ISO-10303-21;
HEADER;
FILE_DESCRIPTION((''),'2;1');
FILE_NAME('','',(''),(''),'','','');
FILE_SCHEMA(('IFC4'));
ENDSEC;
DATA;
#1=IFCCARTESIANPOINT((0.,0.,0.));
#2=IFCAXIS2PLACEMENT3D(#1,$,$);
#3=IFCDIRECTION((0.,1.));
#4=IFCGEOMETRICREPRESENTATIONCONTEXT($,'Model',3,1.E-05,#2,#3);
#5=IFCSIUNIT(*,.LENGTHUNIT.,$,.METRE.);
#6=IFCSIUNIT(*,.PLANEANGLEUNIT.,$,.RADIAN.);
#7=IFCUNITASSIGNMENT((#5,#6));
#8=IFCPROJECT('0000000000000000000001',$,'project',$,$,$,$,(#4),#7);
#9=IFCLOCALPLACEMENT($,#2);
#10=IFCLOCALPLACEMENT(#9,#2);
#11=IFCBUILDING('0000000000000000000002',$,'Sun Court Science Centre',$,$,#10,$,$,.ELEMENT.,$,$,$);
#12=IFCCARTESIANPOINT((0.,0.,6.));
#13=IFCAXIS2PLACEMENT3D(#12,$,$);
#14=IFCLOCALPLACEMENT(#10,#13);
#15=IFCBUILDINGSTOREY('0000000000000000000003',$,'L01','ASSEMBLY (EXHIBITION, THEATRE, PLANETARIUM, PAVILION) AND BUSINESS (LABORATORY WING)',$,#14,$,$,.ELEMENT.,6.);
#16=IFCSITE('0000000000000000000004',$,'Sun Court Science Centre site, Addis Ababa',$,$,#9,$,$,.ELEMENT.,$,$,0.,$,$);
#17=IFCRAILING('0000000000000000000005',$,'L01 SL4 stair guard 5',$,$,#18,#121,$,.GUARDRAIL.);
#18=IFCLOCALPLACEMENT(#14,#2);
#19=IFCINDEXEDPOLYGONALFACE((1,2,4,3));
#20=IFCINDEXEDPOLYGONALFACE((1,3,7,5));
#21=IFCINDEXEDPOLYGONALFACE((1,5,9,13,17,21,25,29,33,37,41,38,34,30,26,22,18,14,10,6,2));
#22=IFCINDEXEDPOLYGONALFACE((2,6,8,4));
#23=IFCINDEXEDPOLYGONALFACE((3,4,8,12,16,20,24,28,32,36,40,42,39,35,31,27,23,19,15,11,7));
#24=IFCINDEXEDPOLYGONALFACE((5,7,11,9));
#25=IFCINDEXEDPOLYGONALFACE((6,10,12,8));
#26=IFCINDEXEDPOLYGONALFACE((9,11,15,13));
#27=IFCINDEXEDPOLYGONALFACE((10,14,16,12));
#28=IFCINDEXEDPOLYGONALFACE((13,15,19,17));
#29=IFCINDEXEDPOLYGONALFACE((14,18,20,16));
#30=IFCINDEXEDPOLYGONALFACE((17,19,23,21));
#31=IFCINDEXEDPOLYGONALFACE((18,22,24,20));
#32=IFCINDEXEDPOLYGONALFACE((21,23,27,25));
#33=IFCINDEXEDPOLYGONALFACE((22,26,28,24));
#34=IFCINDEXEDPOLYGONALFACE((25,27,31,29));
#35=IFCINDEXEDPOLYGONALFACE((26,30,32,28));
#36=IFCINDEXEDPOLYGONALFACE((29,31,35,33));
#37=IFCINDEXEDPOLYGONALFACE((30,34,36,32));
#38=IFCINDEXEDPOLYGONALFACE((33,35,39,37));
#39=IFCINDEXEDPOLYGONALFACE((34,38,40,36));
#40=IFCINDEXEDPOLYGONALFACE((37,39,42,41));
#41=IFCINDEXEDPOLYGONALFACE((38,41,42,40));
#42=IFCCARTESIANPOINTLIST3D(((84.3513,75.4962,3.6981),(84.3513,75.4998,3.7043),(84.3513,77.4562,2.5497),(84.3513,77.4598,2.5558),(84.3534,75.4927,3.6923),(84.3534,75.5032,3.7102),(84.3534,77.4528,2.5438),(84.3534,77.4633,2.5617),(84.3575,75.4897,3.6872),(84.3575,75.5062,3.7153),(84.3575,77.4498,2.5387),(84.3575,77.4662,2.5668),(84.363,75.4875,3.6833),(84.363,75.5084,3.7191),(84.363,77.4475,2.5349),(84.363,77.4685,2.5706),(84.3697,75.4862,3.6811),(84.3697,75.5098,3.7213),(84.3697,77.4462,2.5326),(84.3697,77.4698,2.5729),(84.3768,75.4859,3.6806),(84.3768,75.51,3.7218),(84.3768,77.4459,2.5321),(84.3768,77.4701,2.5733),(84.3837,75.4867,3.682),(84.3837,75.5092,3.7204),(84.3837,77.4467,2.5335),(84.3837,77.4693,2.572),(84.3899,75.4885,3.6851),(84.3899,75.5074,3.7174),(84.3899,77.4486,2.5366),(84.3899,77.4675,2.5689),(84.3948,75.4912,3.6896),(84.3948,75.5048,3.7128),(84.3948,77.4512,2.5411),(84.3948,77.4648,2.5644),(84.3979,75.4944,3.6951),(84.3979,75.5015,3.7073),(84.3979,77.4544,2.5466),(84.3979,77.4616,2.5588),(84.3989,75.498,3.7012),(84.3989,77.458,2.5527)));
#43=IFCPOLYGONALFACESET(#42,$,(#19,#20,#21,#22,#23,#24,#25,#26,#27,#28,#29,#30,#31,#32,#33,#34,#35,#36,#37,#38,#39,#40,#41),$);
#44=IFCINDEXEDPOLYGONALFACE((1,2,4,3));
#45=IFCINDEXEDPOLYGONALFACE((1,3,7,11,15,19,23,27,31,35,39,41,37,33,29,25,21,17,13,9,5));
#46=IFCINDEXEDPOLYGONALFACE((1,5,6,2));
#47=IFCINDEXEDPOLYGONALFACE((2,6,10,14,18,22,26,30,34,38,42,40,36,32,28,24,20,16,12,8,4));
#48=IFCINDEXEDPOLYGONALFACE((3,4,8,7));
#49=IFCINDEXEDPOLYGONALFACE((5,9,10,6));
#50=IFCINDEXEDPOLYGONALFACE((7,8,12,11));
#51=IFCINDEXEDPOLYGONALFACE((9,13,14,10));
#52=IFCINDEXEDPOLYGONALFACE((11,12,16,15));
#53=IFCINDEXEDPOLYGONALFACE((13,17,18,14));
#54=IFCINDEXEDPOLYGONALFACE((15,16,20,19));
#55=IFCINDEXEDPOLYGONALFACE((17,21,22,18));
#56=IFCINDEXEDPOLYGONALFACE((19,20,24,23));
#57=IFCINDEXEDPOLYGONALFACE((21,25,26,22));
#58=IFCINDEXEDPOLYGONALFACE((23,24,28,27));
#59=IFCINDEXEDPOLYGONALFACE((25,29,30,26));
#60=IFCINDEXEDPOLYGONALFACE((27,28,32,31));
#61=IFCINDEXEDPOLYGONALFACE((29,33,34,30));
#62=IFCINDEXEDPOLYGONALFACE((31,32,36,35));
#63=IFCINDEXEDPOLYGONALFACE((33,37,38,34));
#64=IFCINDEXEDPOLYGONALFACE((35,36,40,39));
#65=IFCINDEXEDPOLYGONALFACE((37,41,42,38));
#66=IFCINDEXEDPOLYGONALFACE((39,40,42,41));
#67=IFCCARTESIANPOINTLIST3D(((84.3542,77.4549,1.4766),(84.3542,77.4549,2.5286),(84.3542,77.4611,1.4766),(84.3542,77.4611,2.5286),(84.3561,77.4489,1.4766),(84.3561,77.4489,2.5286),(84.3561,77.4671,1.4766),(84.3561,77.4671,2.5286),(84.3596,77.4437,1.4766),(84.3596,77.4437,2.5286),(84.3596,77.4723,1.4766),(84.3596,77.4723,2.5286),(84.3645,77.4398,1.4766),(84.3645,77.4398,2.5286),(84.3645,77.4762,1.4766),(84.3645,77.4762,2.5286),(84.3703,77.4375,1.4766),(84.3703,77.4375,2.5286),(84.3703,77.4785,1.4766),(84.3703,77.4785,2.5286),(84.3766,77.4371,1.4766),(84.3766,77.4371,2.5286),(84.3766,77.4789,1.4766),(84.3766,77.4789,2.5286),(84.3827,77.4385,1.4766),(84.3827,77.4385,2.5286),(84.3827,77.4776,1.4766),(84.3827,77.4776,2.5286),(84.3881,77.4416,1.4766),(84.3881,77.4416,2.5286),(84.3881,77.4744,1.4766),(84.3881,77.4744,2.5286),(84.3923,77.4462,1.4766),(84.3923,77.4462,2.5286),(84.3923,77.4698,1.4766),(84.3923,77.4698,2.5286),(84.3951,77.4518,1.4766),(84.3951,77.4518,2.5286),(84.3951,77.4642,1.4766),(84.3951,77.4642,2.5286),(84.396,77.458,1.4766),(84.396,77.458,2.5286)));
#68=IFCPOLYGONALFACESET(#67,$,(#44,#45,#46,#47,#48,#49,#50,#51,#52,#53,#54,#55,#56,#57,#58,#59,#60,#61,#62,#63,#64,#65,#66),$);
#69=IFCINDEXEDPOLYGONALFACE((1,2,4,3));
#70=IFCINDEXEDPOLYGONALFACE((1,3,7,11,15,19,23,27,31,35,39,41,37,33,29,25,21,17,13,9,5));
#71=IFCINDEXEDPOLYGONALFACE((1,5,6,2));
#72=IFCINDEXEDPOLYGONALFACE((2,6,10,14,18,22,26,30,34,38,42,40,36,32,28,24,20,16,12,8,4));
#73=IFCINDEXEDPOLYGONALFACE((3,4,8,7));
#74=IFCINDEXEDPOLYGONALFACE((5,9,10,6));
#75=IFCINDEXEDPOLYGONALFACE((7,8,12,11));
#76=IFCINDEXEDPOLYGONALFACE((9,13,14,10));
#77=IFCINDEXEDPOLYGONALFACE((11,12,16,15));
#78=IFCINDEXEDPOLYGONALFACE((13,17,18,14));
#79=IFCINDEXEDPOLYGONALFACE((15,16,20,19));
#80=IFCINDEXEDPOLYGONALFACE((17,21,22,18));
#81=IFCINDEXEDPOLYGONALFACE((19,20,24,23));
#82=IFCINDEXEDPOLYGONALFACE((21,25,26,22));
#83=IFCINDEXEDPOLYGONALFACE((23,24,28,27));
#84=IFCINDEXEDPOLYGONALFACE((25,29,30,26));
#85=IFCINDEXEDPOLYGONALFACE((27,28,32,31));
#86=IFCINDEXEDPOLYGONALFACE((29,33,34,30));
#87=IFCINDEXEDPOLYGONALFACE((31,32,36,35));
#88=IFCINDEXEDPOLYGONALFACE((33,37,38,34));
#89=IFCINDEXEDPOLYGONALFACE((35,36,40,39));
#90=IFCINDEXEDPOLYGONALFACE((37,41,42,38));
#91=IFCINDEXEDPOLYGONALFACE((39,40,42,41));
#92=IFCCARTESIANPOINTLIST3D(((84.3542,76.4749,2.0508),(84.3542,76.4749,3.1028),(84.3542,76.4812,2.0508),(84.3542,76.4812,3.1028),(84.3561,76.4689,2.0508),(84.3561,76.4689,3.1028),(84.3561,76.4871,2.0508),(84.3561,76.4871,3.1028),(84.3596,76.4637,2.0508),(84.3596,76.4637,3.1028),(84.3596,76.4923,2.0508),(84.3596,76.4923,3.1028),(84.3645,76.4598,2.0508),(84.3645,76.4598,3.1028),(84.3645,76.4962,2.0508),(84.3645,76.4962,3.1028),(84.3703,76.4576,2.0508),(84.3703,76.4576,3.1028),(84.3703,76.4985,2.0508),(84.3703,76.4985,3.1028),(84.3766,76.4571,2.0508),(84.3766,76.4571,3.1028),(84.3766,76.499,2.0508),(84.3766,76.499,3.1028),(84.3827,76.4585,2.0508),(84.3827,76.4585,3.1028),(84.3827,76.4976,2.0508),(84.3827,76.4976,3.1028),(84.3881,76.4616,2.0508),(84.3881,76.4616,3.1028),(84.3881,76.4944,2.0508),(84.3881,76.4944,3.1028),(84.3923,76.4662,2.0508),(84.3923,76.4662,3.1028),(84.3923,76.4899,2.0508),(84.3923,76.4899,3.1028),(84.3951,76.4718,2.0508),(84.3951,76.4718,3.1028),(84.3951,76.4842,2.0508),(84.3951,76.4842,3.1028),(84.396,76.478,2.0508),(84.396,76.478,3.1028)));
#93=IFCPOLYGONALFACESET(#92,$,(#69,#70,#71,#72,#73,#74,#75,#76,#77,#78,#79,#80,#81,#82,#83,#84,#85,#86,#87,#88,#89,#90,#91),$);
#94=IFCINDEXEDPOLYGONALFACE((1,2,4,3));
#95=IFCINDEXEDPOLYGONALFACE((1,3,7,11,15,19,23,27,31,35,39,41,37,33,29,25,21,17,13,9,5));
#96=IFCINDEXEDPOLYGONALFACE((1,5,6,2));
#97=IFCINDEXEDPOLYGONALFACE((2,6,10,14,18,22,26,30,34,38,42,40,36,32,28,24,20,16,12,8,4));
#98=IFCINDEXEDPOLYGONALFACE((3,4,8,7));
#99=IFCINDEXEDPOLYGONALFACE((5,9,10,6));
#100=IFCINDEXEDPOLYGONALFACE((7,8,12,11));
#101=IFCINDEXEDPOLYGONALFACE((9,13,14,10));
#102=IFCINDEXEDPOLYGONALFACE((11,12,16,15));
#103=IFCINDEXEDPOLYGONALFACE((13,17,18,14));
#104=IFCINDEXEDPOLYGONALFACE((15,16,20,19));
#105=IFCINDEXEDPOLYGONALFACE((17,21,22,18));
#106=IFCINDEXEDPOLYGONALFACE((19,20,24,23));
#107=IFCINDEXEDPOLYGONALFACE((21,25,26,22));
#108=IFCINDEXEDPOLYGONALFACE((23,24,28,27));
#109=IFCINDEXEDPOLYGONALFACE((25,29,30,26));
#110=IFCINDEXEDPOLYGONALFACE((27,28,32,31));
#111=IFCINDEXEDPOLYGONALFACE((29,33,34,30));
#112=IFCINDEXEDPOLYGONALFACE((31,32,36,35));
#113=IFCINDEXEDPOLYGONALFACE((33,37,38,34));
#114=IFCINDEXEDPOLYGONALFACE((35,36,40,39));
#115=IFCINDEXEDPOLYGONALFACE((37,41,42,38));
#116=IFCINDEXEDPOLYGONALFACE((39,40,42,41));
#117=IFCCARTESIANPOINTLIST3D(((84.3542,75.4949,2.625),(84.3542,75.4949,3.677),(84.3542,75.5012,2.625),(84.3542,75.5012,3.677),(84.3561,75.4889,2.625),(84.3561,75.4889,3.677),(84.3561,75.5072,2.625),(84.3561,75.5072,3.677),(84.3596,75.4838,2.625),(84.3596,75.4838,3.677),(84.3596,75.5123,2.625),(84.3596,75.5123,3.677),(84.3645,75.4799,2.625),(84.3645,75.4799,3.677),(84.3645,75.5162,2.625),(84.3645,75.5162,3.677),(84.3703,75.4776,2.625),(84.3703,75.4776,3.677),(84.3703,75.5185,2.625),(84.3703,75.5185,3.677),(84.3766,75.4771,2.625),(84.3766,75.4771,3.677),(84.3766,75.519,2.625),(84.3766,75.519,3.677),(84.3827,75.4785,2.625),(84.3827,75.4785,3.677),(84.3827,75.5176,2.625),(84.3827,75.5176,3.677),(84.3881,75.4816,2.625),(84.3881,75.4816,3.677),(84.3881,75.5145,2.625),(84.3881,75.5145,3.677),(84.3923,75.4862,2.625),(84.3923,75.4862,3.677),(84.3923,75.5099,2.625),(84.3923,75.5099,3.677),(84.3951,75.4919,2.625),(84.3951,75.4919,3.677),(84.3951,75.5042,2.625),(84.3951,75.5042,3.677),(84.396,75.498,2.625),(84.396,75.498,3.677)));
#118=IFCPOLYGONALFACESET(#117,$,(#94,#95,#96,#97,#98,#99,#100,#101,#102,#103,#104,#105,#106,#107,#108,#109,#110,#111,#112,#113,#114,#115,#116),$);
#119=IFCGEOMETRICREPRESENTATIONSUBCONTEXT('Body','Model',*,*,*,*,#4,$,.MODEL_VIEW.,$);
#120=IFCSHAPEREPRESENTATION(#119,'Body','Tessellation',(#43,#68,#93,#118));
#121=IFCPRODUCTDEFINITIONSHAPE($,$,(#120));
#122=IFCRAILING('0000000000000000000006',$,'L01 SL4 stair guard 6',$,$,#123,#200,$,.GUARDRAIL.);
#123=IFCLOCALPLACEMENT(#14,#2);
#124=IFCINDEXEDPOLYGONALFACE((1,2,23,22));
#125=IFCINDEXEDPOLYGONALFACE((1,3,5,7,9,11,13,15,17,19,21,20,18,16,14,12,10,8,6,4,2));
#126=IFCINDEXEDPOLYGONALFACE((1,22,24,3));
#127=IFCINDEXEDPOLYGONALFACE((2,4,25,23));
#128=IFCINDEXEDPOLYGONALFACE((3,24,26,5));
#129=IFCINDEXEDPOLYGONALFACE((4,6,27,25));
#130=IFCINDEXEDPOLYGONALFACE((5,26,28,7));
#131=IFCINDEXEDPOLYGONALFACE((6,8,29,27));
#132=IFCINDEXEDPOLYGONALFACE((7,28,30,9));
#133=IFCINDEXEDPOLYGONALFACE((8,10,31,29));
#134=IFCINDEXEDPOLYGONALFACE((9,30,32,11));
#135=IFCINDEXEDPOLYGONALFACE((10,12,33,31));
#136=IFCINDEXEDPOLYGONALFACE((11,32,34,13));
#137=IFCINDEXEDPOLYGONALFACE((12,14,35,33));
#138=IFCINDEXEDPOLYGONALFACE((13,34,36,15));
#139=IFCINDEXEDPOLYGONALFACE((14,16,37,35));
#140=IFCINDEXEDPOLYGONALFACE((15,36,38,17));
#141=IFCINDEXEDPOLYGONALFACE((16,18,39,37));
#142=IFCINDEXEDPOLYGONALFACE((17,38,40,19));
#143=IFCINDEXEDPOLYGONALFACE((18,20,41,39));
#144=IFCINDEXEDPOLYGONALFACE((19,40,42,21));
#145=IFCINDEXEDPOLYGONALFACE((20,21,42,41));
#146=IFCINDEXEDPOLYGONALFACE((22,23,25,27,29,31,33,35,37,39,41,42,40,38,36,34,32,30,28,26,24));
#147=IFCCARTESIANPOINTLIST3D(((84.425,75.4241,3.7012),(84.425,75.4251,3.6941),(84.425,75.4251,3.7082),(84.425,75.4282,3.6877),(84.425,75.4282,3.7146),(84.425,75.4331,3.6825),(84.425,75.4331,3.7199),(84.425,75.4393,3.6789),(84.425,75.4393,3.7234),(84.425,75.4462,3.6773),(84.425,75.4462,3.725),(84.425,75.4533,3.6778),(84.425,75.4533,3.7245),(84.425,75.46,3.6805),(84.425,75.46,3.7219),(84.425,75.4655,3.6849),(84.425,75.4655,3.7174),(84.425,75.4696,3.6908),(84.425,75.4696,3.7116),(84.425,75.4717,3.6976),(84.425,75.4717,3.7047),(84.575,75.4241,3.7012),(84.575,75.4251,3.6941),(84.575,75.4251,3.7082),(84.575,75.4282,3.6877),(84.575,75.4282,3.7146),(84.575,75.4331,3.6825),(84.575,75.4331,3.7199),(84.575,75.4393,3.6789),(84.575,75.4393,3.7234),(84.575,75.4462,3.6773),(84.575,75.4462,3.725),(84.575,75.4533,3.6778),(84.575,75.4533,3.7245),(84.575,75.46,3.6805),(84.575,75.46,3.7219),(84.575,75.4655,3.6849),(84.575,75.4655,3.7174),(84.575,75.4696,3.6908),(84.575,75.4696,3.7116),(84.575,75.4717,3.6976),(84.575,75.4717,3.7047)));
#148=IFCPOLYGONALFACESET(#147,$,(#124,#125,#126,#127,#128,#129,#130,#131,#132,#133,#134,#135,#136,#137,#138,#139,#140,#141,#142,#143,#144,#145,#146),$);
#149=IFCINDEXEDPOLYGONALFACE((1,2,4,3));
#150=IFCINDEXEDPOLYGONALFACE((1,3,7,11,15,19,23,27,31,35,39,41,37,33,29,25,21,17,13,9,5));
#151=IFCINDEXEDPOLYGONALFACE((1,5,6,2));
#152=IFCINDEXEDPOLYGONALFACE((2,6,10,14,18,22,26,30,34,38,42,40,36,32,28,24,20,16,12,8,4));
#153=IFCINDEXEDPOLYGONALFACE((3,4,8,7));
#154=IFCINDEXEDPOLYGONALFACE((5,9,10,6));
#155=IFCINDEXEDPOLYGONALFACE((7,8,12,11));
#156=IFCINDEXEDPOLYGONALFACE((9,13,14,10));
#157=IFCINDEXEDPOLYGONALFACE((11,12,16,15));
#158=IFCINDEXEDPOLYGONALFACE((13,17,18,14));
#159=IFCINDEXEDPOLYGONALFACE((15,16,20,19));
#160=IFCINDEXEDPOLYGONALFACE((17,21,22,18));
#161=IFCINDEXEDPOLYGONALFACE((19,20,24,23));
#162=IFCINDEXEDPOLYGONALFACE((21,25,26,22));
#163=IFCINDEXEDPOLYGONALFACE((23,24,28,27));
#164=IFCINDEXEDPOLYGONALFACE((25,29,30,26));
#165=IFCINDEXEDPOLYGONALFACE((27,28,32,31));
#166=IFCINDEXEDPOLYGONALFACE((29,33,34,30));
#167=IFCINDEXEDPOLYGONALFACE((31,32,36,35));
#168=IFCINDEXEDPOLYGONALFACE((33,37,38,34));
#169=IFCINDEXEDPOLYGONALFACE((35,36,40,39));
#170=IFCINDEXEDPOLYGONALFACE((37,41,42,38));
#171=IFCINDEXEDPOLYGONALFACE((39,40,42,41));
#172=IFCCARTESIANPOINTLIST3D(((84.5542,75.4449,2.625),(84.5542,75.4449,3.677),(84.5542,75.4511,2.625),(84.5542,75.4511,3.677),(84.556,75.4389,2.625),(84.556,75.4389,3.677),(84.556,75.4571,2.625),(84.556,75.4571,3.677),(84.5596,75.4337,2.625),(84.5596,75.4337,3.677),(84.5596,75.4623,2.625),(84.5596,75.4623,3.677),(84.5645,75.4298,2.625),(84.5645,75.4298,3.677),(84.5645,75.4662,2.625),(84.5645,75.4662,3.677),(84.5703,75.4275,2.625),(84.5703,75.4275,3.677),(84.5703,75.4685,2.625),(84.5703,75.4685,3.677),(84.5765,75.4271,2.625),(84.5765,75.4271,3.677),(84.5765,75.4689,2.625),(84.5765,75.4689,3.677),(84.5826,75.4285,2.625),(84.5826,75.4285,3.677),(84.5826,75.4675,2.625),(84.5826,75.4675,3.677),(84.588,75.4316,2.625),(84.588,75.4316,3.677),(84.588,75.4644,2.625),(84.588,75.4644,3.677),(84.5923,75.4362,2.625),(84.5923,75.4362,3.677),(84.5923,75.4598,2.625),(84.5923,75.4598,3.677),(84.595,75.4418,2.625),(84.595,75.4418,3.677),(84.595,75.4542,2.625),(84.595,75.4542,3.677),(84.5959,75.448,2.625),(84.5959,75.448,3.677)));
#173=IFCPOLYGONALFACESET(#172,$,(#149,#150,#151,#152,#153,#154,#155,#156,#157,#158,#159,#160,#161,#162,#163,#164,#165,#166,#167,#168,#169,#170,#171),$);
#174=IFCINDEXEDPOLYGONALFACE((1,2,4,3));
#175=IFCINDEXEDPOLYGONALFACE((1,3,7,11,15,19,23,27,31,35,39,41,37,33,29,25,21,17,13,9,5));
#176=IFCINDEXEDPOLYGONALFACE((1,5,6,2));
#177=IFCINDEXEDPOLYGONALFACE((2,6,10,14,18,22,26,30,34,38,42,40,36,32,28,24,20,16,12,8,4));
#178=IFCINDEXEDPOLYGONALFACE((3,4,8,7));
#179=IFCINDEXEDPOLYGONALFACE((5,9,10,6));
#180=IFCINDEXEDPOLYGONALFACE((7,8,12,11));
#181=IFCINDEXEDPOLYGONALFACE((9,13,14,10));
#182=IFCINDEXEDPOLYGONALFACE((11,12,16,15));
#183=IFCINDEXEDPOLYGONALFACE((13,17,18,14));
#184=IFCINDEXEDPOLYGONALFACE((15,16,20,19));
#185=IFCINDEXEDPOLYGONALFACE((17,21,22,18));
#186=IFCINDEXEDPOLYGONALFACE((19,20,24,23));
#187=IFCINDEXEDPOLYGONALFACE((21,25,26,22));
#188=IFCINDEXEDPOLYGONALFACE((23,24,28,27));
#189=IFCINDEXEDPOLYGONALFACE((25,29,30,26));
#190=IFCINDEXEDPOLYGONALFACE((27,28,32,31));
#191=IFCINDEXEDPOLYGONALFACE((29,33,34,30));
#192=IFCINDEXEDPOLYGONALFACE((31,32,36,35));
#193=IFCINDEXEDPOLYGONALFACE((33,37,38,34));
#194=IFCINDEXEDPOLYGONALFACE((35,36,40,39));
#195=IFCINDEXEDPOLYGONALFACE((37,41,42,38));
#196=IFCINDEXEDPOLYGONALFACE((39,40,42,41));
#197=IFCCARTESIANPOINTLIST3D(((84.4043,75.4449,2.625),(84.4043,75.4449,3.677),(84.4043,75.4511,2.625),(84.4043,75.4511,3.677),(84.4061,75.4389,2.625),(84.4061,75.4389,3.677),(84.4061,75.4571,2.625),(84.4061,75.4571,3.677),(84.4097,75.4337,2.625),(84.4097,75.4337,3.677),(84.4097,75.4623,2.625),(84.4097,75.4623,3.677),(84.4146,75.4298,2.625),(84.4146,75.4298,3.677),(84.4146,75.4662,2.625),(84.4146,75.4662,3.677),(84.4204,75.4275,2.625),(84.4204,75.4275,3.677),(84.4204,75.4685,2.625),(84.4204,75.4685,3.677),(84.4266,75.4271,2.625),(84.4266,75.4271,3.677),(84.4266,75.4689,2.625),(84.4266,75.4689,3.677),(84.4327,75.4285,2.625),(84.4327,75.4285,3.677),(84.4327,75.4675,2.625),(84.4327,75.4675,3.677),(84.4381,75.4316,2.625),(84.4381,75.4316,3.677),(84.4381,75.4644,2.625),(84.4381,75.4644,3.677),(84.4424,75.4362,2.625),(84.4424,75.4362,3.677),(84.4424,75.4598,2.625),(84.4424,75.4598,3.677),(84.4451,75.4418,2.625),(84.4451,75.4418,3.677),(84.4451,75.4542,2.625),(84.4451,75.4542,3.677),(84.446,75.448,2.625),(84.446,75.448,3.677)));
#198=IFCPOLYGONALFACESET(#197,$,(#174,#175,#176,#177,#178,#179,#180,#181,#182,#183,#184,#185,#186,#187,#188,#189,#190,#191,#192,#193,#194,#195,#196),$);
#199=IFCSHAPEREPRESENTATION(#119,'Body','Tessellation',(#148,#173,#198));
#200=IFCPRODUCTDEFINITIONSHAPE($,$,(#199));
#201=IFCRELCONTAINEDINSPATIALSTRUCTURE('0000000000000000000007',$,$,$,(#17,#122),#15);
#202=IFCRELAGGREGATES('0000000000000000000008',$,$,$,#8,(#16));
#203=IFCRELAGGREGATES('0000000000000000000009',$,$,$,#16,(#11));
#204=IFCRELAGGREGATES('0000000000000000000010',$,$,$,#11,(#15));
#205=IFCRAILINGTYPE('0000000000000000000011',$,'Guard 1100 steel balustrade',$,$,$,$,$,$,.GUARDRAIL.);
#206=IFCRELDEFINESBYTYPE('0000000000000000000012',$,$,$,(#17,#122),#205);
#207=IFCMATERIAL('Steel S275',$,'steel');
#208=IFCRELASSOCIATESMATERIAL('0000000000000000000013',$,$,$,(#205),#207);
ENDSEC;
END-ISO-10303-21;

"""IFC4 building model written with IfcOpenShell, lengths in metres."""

from ifc_helpers import new_model, si_unit, direction, frame, origin, origin_2d, place, context, subcontext, project, spatial, circle, extrude, material, type_object, element, save


model = new_model("IFC4")

# Units and contexts
model_context = context("Model", 3, precision=1e-05, world=origin(), true_north=direction((0.0, 1.0)))
body_context = subcontext(model_context, "Body", "Model", "MODEL_VIEW")
ifc_project = project(units=[si_unit("LENGTHUNIT", "METRE"), si_unit("PLANEANGLEUNIT", "RADIAN")], contexts=[model_context])

# Site, building, storey
site_placement = place(None, origin())
site = spatial("IfcSite", under=ifc_project, at=site_placement, Name="Sun Court Science Centre site, Addis Ababa", CompositionType="ELEMENT", RefElevation=0.0)
building_placement = place(site_placement, origin())
building = spatial("IfcBuilding", under=site, at=building_placement, Name="Sun Court Science Centre", CompositionType="ELEMENT")
storey_placement = place(building_placement, frame((0.0, 0.0, 6.0)))
storey = spatial("IfcBuildingStorey", under=building, at=storey_placement, Name="L01", Description="ASSEMBLY (EXHIBITION, THEATRE, PLANETARIUM, PAVILION) AND BUSINESS (LABORATORY WING)", CompositionType="ELEMENT", Elevation=6.0)

# Railings
ifc_material_1 = material(Name="Steel S275", Category="steel")
railing_type_1 = type_object("IfcRailingType", Name="Guard 1100 steel balustrade", PredefinedType="GUARDRAIL", material=ifc_material_1)
railing_1_placement = place(storey_placement, frame((84.375, 77.458, 1.4766)))
element("IfcRailing", 1, at=railing_1_placement, inside=storey, type_object=railing_type_1, Name="L01 SL4 stair guard 5", PredefinedType="GUARDRAIL", context=body_context, shape_type="SweptSolid", body=[
    extrude(circle(Radius=0.0239, at=origin_2d()), frame((0.0, 0.0, 1.0762), z_axis=(0.0, -0.862795, 0.505554), x_axis=(1.0, 0.0, 0.0)), (0.0, 0.0, 1.0), 2.2717),
    extrude(circle(Radius=0.021, at=origin_2d()), origin(), (0.0, 0.0, 1.0), 1.052),
    extrude(circle(Radius=0.021, at=origin_2d()), frame((0.0, -0.98, 0.5742)), (0.0, 0.0, 1.0), 1.052),
    extrude(circle(Radius=0.021, at=origin_2d()), frame((0.0, -1.96, 1.1484)), (0.0, 0.0, 1.0), 1.052),
])
railing_2_placement = place(storey_placement, frame((84.575, 75.448, 2.625)))
element("IfcRailing", 2, at=railing_2_placement, inside=storey, type_object=railing_type_1, Name="L01 SL4 stair guard 6", PredefinedType="GUARDRAIL", context=body_context, shape_type="SweptSolid", body=[
    extrude(circle(Radius=0.0239, at=origin_2d()), frame((0.0, 0.0, 1.0762), z_axis=(-1.0, 0.0, 0.0), x_axis=(0.0, -1.0, 0.0)), (0.0, 0.0, 1.0), 0.1499),
    extrude(circle(Radius=0.021, at=origin_2d()), origin(), (0.0, 0.0, 1.0), 1.052),
    extrude(circle(Radius=0.021, at=origin_2d()), frame((-0.1499, 0.0, 0.0)), (0.0, 0.0, 1.0), 1.052),
])

save(model, "model.ifc")
